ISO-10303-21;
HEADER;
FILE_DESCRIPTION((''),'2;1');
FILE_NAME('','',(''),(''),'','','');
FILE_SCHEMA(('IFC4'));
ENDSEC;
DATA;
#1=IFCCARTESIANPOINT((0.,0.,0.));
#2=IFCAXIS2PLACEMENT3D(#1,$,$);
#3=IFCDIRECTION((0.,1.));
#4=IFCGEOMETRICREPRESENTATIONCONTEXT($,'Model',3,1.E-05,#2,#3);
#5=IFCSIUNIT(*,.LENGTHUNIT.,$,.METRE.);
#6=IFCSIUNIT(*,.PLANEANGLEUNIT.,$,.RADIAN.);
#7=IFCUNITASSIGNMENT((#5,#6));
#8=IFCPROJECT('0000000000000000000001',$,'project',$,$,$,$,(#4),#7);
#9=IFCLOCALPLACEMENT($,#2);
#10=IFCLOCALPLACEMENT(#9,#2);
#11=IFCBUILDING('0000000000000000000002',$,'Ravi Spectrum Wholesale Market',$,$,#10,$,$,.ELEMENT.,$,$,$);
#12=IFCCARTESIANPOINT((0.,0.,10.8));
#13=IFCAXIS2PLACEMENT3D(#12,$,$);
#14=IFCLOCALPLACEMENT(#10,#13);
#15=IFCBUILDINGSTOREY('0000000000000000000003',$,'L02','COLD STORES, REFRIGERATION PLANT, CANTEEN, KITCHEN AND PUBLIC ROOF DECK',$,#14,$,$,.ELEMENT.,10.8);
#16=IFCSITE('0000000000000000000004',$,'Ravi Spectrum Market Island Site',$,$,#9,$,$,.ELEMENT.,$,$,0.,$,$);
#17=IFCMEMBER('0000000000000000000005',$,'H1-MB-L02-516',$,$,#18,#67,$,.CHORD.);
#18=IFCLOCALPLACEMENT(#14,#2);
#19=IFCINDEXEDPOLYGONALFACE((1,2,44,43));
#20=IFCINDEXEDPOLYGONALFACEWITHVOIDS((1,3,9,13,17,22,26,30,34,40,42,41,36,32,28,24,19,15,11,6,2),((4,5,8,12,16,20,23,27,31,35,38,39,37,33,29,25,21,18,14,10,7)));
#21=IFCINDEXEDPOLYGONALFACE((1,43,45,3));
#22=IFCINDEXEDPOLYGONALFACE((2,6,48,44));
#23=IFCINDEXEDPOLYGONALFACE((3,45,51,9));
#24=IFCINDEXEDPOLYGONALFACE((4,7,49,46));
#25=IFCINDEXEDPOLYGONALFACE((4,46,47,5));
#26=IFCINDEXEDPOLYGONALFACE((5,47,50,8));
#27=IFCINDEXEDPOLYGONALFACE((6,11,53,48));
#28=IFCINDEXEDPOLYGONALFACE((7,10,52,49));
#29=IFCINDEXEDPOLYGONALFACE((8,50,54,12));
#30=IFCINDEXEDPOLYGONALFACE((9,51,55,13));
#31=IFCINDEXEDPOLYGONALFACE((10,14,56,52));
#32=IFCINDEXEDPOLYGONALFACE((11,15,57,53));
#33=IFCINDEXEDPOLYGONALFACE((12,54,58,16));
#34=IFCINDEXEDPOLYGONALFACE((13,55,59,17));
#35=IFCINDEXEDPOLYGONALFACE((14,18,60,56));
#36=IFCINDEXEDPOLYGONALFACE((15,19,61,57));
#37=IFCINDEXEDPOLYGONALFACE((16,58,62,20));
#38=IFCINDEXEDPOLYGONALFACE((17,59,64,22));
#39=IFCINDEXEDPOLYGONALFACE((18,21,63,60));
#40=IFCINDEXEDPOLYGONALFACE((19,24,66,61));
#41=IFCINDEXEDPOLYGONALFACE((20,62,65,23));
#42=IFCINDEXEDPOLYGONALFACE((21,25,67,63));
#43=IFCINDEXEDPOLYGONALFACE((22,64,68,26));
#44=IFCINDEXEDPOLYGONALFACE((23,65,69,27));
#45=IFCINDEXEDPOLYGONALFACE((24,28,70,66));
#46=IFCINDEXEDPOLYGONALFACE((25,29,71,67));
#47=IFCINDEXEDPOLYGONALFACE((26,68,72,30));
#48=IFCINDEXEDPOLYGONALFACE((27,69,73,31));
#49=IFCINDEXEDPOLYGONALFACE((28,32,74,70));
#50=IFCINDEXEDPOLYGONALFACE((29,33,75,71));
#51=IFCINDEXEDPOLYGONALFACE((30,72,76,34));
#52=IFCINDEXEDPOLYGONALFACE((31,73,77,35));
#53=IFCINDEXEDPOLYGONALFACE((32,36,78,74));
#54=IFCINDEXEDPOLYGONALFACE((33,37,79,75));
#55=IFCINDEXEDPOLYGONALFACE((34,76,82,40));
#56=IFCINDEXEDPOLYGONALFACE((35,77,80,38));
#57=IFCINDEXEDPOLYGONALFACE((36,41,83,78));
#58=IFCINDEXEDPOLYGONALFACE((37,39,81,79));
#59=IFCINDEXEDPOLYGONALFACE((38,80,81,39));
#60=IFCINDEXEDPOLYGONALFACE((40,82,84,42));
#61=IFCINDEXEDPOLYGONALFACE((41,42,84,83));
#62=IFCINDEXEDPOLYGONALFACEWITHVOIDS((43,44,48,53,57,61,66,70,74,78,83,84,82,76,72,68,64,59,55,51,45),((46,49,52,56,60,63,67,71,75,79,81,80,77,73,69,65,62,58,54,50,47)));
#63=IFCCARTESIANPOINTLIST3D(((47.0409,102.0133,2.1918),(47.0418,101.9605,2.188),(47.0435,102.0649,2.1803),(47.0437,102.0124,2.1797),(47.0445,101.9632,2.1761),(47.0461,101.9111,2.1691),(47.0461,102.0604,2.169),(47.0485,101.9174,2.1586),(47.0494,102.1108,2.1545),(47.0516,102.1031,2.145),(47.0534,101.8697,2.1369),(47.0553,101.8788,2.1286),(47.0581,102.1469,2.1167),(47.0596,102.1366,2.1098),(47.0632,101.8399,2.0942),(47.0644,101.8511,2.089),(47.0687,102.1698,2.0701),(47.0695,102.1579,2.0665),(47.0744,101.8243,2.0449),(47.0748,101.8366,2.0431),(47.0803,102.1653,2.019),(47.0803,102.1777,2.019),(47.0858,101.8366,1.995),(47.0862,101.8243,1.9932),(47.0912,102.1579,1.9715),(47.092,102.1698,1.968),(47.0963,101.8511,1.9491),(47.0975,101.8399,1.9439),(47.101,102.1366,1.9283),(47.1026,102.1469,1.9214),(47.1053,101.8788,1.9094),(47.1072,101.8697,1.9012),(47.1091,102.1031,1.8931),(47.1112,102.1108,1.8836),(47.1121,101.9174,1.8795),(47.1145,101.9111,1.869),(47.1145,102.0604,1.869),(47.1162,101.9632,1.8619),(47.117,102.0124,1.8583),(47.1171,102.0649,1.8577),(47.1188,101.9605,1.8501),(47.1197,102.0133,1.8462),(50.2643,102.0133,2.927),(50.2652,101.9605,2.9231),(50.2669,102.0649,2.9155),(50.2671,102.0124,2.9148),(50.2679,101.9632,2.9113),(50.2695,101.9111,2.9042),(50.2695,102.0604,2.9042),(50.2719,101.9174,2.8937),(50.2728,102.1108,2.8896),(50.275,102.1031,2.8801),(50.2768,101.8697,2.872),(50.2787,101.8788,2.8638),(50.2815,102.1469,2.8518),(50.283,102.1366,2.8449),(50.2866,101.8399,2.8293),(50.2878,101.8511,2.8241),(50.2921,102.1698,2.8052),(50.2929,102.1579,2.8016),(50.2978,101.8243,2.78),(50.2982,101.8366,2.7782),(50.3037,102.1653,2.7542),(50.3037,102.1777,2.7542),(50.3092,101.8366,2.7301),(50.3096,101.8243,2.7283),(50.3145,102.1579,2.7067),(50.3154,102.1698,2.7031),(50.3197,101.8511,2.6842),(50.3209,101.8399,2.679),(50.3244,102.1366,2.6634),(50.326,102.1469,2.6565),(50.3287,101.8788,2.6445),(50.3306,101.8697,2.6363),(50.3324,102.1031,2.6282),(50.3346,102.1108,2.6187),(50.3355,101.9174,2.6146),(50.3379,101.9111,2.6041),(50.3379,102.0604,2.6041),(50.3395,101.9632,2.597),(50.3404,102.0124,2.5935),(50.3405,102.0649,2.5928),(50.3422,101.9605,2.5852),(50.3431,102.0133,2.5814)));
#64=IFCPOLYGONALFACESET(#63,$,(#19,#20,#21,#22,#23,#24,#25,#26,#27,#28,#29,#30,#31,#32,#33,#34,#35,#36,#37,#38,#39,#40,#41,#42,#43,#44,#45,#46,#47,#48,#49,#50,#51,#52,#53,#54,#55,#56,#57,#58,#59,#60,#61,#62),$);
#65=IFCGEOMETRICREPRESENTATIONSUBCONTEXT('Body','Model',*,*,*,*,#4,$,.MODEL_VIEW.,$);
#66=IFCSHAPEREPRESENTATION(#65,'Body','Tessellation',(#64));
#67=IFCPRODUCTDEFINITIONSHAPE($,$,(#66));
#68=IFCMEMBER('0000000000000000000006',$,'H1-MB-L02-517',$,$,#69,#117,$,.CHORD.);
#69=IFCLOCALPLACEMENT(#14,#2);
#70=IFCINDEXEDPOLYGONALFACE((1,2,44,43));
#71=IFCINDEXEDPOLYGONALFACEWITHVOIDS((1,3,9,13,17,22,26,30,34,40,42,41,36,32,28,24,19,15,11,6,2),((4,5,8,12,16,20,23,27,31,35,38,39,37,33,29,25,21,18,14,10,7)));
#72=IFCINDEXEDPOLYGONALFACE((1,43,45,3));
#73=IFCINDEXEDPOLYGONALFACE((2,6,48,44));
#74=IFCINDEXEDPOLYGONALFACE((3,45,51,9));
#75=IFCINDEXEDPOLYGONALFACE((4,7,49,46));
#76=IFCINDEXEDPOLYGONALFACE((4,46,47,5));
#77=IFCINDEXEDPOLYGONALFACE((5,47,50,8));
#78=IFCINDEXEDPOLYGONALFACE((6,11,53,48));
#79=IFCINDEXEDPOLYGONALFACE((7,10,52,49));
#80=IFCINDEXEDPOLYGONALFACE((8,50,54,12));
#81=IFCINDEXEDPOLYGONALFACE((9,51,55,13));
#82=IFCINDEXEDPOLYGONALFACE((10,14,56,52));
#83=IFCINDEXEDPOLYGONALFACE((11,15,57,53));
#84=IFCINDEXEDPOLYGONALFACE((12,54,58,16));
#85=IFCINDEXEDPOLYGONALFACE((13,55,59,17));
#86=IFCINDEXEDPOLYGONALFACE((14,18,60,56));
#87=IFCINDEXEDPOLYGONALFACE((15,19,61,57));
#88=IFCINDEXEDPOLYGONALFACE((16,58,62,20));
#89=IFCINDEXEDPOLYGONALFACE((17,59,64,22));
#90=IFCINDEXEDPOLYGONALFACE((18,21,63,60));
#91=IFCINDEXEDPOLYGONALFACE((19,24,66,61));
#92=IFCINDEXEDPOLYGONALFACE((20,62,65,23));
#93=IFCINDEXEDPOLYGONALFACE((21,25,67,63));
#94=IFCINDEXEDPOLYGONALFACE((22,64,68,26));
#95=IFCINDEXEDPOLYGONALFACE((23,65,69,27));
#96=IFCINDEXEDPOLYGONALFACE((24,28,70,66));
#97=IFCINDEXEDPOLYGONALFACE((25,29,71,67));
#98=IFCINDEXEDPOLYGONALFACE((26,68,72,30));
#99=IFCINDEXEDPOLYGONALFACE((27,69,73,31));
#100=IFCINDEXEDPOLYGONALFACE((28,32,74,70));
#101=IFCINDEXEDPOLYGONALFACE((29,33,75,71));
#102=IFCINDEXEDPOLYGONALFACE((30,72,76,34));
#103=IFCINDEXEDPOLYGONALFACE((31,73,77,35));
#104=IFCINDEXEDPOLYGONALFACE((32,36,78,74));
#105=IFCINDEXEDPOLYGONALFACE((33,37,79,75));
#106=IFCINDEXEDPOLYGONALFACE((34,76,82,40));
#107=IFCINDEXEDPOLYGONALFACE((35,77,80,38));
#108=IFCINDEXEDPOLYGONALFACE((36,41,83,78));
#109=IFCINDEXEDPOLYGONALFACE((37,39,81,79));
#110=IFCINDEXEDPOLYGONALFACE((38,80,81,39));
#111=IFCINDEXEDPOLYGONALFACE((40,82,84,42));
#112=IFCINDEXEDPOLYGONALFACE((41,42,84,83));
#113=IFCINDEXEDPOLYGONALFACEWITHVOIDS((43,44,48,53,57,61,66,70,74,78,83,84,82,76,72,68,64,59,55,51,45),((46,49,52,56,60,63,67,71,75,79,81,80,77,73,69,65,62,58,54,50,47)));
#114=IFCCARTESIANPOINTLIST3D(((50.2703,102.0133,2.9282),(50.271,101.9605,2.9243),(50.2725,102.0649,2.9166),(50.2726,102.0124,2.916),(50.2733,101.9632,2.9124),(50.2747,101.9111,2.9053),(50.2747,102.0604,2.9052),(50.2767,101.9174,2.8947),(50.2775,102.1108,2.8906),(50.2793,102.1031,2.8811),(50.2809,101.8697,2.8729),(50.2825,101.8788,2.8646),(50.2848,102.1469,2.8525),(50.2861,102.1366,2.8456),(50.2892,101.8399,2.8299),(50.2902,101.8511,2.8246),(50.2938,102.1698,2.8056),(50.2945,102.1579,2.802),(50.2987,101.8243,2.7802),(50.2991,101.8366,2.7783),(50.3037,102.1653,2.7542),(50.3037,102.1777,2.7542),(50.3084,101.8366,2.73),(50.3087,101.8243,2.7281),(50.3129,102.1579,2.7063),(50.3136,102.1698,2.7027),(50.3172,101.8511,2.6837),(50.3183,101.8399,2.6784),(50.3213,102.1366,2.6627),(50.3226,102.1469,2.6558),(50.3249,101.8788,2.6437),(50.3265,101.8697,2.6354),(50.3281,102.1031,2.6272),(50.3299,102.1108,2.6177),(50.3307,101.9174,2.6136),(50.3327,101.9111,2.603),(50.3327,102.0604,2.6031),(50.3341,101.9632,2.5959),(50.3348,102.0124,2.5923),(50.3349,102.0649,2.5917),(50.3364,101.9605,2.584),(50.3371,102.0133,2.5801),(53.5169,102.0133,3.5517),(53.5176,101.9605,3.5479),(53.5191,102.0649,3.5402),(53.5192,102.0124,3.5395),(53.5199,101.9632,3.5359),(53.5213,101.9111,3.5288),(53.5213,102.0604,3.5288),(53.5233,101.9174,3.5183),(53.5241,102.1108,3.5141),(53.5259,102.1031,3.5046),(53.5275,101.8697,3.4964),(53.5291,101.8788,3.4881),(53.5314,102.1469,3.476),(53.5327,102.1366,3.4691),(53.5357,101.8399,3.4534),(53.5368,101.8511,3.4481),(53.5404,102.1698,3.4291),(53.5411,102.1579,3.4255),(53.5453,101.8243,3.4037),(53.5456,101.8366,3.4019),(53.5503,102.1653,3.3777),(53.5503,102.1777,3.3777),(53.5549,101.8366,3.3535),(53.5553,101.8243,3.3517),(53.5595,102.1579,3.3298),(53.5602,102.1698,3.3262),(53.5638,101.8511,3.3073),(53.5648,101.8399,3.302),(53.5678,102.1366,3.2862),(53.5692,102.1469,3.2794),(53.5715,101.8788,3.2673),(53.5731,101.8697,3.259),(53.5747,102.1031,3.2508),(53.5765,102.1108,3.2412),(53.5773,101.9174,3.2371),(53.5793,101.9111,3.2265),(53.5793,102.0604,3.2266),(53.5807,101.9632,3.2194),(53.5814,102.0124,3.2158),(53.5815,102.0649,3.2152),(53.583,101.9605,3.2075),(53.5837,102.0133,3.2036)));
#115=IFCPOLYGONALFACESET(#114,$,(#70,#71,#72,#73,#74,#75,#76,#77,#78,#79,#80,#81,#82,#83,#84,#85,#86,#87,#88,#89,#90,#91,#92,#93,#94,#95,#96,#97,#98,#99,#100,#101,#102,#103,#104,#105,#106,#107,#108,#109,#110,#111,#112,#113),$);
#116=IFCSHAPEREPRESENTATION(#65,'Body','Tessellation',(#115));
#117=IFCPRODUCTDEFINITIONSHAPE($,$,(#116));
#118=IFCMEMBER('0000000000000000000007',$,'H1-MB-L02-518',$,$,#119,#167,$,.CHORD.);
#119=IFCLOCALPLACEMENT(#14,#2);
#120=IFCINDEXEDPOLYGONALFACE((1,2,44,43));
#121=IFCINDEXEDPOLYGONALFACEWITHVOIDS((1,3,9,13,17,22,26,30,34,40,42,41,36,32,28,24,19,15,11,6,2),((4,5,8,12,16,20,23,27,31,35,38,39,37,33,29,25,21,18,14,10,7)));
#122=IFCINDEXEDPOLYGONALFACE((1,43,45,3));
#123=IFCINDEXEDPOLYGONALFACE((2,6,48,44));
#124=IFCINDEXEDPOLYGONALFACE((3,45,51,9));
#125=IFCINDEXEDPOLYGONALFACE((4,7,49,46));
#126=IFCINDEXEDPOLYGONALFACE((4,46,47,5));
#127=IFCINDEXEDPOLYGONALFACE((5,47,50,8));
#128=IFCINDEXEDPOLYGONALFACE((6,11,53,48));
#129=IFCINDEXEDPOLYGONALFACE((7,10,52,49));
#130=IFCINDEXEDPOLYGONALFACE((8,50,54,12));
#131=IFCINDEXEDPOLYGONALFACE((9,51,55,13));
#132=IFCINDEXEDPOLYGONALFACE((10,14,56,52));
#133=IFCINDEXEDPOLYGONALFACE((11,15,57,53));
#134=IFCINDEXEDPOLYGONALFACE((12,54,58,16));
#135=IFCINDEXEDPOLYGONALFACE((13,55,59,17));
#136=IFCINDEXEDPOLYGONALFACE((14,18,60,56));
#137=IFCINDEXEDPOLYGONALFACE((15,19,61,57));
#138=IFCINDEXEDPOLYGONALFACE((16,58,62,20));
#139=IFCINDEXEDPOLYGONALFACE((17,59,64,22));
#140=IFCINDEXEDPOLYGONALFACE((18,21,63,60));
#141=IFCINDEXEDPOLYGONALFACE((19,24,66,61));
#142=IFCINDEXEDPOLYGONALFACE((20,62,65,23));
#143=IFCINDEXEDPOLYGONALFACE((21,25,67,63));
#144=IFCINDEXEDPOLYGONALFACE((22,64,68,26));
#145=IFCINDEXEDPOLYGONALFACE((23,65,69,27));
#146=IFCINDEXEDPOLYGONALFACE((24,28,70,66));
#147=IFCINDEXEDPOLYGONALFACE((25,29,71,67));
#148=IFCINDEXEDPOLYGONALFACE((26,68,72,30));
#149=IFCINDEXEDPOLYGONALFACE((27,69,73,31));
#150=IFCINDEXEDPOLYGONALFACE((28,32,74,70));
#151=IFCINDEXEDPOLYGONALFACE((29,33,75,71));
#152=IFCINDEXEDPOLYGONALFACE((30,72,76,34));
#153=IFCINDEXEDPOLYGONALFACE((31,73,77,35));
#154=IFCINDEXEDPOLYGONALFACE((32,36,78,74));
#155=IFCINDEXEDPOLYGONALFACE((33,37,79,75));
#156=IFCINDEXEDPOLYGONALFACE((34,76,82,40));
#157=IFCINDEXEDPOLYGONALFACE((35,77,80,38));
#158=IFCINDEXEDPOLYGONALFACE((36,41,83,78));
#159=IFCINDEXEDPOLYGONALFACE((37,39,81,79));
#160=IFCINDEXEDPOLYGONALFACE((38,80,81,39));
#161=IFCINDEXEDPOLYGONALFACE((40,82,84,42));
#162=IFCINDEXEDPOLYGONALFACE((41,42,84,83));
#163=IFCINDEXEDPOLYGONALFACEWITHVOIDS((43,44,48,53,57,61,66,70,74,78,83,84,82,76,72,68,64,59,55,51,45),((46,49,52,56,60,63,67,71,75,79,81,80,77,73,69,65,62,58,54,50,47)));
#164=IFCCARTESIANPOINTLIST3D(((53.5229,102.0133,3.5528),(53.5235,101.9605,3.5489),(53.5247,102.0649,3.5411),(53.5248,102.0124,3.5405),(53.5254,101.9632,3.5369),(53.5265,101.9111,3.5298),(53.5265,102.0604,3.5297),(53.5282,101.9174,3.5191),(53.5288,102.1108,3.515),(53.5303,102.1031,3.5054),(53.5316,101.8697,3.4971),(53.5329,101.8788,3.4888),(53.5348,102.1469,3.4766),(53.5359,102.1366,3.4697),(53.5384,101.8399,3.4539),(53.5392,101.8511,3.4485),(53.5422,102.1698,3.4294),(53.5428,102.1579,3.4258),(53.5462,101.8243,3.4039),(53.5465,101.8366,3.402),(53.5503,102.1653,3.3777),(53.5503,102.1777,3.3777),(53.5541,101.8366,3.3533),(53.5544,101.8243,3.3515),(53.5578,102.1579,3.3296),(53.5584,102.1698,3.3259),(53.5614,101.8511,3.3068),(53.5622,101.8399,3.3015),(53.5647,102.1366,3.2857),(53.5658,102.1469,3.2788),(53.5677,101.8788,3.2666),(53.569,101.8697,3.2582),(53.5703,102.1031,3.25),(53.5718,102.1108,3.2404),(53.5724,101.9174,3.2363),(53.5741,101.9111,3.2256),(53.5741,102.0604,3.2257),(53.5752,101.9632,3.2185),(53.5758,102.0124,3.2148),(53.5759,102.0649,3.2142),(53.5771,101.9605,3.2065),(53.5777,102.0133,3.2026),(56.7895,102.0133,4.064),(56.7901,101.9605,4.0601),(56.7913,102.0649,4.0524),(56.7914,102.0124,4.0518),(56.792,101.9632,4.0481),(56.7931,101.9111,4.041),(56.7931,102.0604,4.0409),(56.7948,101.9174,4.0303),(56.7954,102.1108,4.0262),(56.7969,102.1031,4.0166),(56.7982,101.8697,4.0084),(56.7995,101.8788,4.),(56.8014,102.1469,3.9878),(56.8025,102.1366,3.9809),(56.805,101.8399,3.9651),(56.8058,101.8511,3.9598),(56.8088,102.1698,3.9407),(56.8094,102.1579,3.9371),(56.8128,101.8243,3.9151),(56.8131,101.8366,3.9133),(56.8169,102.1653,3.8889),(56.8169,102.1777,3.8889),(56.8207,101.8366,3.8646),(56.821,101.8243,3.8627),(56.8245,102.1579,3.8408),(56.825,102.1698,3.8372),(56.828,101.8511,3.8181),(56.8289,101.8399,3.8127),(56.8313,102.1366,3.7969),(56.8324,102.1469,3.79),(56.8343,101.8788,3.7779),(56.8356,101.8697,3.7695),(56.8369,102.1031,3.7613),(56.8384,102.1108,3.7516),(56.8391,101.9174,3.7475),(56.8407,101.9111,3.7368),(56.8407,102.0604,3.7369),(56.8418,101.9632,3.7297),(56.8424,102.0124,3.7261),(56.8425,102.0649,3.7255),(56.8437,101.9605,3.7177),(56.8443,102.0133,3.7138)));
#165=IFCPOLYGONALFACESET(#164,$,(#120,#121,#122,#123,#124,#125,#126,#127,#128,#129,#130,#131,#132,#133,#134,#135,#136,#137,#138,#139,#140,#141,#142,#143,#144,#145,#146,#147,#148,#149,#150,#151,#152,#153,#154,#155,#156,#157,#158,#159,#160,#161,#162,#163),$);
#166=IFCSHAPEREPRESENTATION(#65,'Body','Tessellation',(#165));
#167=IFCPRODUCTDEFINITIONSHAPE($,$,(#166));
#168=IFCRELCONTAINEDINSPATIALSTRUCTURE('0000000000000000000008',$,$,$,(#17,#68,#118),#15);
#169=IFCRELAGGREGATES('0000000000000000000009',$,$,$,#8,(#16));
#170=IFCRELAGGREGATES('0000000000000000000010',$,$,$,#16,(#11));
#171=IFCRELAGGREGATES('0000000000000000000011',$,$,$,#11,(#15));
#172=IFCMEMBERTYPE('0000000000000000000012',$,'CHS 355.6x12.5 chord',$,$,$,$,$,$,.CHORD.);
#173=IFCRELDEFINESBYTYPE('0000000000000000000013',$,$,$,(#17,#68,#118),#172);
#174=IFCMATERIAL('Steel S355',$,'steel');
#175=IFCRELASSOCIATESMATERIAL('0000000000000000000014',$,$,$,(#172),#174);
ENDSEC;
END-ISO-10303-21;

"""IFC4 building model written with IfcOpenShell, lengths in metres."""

from ifc_helpers import new_model, si_unit, direction, frame, origin, origin_2d, place, context, subcontext, project, spatial, hollow_circle, extrude, material, material_profile, profile_set, type_object, element, save


model = new_model("IFC4")

# Units and contexts
model_context = context("Model", 3, precision=1e-05, world=origin(), true_north=direction((0.0, 1.0)))
body_context = subcontext(model_context, "Body", "Model", "MODEL_VIEW")
ifc_project = project(units=[si_unit("LENGTHUNIT", "METRE"), si_unit("PLANEANGLEUNIT", "RADIAN")], contexts=[model_context])

# Site, building, storey
site_placement = place(None, origin())
site = spatial("IfcSite", under=ifc_project, at=site_placement, Name="Ravi Spectrum Market Island Site", CompositionType="ELEMENT", RefElevation=0.0)
building_placement = place(site_placement, origin())
building = spatial("IfcBuilding", under=site, at=building_placement, Name="Ravi Spectrum Wholesale Market", CompositionType="ELEMENT")
storey_placement = place(building_placement, frame((0.0, 0.0, 10.8)))
storey = spatial("IfcBuildingStorey", under=building, at=storey_placement, Name="L02", Description="COLD STORES, REFRIGERATION PLANT, CANTEEN, KITCHEN AND PUBLIC ROOF DECK", CompositionType="ELEMENT", Elevation=10.8)

# Members
ifc_material_1 = material(Name="Steel S355", Category="steel")
ifc_material_profile_1 = material_profile(ifc_material_1, hollow_circle(Radius=0.1777, WallThickness=0.0125, at=origin_2d()))
ifc_profile_set_1 = profile_set([ifc_material_profile_1], Name="Steel S355")
member_type_1 = type_object("IfcMemberType", Name="CHS 355.6x12.5 chord", PredefinedType="CHORD", material=ifc_profile_set_1)
for number, where, z_axis, x_axis, name in (
    (1, (47.0803, 102.0, 2.019), (0.974968, 0.0, 0.222346), (0.0, 1.0, 0.0), "H1-MB-L02-516"),
):
    element("IfcMember", number, at=place(storey_placement, frame(where, z_axis=z_axis, x_axis=x_axis)), inside=storey, type_object=member_type_1, Name=name, PredefinedType="CHORD", context=body_context, shape_type="SweptSolid", body=[
        extrude(hollow_circle(Radius=0.1777, WallThickness=0.0125, at=origin_2d()), origin(), (0.0, 0.0, 1.0), 3.3062),
    ])
member_1_placement = place(storey_placement, frame((50.3037, 102.0, 2.7542), z_axis=(0.982052, 0.0, 0.188612), x_axis=(0.0, 1.0, 0.0)))
element("IfcMember", 2, at=member_1_placement, inside=storey, type_object=member_type_1, Name="H1-MB-L02-517", PredefinedType="CHORD", context=body_context, shape_type="SweptSolid", body=[
    extrude(hollow_circle(Radius=0.1777, WallThickness=0.0125, at=origin_2d()), origin(), (0.0, 0.0, 1.0), 3.3059),
])
member_2_placement = place(storey_placement, frame((53.5503, 102.0, 3.3777), z_axis=(0.987974, 0.0, 0.15462), x_axis=(0.0, 1.0, 0.0)))
element("IfcMember", 3, at=member_2_placement, inside=storey, type_object=member_type_1, Name="H1-MB-L02-518", PredefinedType="CHORD", context=body_context, shape_type="SweptSolid", body=[
    extrude(hollow_circle(Radius=0.1777, WallThickness=0.0125, at=origin_2d()), origin(), (0.0, 0.0, 1.0), 3.3064),
])

save(model, "model.ifc")
